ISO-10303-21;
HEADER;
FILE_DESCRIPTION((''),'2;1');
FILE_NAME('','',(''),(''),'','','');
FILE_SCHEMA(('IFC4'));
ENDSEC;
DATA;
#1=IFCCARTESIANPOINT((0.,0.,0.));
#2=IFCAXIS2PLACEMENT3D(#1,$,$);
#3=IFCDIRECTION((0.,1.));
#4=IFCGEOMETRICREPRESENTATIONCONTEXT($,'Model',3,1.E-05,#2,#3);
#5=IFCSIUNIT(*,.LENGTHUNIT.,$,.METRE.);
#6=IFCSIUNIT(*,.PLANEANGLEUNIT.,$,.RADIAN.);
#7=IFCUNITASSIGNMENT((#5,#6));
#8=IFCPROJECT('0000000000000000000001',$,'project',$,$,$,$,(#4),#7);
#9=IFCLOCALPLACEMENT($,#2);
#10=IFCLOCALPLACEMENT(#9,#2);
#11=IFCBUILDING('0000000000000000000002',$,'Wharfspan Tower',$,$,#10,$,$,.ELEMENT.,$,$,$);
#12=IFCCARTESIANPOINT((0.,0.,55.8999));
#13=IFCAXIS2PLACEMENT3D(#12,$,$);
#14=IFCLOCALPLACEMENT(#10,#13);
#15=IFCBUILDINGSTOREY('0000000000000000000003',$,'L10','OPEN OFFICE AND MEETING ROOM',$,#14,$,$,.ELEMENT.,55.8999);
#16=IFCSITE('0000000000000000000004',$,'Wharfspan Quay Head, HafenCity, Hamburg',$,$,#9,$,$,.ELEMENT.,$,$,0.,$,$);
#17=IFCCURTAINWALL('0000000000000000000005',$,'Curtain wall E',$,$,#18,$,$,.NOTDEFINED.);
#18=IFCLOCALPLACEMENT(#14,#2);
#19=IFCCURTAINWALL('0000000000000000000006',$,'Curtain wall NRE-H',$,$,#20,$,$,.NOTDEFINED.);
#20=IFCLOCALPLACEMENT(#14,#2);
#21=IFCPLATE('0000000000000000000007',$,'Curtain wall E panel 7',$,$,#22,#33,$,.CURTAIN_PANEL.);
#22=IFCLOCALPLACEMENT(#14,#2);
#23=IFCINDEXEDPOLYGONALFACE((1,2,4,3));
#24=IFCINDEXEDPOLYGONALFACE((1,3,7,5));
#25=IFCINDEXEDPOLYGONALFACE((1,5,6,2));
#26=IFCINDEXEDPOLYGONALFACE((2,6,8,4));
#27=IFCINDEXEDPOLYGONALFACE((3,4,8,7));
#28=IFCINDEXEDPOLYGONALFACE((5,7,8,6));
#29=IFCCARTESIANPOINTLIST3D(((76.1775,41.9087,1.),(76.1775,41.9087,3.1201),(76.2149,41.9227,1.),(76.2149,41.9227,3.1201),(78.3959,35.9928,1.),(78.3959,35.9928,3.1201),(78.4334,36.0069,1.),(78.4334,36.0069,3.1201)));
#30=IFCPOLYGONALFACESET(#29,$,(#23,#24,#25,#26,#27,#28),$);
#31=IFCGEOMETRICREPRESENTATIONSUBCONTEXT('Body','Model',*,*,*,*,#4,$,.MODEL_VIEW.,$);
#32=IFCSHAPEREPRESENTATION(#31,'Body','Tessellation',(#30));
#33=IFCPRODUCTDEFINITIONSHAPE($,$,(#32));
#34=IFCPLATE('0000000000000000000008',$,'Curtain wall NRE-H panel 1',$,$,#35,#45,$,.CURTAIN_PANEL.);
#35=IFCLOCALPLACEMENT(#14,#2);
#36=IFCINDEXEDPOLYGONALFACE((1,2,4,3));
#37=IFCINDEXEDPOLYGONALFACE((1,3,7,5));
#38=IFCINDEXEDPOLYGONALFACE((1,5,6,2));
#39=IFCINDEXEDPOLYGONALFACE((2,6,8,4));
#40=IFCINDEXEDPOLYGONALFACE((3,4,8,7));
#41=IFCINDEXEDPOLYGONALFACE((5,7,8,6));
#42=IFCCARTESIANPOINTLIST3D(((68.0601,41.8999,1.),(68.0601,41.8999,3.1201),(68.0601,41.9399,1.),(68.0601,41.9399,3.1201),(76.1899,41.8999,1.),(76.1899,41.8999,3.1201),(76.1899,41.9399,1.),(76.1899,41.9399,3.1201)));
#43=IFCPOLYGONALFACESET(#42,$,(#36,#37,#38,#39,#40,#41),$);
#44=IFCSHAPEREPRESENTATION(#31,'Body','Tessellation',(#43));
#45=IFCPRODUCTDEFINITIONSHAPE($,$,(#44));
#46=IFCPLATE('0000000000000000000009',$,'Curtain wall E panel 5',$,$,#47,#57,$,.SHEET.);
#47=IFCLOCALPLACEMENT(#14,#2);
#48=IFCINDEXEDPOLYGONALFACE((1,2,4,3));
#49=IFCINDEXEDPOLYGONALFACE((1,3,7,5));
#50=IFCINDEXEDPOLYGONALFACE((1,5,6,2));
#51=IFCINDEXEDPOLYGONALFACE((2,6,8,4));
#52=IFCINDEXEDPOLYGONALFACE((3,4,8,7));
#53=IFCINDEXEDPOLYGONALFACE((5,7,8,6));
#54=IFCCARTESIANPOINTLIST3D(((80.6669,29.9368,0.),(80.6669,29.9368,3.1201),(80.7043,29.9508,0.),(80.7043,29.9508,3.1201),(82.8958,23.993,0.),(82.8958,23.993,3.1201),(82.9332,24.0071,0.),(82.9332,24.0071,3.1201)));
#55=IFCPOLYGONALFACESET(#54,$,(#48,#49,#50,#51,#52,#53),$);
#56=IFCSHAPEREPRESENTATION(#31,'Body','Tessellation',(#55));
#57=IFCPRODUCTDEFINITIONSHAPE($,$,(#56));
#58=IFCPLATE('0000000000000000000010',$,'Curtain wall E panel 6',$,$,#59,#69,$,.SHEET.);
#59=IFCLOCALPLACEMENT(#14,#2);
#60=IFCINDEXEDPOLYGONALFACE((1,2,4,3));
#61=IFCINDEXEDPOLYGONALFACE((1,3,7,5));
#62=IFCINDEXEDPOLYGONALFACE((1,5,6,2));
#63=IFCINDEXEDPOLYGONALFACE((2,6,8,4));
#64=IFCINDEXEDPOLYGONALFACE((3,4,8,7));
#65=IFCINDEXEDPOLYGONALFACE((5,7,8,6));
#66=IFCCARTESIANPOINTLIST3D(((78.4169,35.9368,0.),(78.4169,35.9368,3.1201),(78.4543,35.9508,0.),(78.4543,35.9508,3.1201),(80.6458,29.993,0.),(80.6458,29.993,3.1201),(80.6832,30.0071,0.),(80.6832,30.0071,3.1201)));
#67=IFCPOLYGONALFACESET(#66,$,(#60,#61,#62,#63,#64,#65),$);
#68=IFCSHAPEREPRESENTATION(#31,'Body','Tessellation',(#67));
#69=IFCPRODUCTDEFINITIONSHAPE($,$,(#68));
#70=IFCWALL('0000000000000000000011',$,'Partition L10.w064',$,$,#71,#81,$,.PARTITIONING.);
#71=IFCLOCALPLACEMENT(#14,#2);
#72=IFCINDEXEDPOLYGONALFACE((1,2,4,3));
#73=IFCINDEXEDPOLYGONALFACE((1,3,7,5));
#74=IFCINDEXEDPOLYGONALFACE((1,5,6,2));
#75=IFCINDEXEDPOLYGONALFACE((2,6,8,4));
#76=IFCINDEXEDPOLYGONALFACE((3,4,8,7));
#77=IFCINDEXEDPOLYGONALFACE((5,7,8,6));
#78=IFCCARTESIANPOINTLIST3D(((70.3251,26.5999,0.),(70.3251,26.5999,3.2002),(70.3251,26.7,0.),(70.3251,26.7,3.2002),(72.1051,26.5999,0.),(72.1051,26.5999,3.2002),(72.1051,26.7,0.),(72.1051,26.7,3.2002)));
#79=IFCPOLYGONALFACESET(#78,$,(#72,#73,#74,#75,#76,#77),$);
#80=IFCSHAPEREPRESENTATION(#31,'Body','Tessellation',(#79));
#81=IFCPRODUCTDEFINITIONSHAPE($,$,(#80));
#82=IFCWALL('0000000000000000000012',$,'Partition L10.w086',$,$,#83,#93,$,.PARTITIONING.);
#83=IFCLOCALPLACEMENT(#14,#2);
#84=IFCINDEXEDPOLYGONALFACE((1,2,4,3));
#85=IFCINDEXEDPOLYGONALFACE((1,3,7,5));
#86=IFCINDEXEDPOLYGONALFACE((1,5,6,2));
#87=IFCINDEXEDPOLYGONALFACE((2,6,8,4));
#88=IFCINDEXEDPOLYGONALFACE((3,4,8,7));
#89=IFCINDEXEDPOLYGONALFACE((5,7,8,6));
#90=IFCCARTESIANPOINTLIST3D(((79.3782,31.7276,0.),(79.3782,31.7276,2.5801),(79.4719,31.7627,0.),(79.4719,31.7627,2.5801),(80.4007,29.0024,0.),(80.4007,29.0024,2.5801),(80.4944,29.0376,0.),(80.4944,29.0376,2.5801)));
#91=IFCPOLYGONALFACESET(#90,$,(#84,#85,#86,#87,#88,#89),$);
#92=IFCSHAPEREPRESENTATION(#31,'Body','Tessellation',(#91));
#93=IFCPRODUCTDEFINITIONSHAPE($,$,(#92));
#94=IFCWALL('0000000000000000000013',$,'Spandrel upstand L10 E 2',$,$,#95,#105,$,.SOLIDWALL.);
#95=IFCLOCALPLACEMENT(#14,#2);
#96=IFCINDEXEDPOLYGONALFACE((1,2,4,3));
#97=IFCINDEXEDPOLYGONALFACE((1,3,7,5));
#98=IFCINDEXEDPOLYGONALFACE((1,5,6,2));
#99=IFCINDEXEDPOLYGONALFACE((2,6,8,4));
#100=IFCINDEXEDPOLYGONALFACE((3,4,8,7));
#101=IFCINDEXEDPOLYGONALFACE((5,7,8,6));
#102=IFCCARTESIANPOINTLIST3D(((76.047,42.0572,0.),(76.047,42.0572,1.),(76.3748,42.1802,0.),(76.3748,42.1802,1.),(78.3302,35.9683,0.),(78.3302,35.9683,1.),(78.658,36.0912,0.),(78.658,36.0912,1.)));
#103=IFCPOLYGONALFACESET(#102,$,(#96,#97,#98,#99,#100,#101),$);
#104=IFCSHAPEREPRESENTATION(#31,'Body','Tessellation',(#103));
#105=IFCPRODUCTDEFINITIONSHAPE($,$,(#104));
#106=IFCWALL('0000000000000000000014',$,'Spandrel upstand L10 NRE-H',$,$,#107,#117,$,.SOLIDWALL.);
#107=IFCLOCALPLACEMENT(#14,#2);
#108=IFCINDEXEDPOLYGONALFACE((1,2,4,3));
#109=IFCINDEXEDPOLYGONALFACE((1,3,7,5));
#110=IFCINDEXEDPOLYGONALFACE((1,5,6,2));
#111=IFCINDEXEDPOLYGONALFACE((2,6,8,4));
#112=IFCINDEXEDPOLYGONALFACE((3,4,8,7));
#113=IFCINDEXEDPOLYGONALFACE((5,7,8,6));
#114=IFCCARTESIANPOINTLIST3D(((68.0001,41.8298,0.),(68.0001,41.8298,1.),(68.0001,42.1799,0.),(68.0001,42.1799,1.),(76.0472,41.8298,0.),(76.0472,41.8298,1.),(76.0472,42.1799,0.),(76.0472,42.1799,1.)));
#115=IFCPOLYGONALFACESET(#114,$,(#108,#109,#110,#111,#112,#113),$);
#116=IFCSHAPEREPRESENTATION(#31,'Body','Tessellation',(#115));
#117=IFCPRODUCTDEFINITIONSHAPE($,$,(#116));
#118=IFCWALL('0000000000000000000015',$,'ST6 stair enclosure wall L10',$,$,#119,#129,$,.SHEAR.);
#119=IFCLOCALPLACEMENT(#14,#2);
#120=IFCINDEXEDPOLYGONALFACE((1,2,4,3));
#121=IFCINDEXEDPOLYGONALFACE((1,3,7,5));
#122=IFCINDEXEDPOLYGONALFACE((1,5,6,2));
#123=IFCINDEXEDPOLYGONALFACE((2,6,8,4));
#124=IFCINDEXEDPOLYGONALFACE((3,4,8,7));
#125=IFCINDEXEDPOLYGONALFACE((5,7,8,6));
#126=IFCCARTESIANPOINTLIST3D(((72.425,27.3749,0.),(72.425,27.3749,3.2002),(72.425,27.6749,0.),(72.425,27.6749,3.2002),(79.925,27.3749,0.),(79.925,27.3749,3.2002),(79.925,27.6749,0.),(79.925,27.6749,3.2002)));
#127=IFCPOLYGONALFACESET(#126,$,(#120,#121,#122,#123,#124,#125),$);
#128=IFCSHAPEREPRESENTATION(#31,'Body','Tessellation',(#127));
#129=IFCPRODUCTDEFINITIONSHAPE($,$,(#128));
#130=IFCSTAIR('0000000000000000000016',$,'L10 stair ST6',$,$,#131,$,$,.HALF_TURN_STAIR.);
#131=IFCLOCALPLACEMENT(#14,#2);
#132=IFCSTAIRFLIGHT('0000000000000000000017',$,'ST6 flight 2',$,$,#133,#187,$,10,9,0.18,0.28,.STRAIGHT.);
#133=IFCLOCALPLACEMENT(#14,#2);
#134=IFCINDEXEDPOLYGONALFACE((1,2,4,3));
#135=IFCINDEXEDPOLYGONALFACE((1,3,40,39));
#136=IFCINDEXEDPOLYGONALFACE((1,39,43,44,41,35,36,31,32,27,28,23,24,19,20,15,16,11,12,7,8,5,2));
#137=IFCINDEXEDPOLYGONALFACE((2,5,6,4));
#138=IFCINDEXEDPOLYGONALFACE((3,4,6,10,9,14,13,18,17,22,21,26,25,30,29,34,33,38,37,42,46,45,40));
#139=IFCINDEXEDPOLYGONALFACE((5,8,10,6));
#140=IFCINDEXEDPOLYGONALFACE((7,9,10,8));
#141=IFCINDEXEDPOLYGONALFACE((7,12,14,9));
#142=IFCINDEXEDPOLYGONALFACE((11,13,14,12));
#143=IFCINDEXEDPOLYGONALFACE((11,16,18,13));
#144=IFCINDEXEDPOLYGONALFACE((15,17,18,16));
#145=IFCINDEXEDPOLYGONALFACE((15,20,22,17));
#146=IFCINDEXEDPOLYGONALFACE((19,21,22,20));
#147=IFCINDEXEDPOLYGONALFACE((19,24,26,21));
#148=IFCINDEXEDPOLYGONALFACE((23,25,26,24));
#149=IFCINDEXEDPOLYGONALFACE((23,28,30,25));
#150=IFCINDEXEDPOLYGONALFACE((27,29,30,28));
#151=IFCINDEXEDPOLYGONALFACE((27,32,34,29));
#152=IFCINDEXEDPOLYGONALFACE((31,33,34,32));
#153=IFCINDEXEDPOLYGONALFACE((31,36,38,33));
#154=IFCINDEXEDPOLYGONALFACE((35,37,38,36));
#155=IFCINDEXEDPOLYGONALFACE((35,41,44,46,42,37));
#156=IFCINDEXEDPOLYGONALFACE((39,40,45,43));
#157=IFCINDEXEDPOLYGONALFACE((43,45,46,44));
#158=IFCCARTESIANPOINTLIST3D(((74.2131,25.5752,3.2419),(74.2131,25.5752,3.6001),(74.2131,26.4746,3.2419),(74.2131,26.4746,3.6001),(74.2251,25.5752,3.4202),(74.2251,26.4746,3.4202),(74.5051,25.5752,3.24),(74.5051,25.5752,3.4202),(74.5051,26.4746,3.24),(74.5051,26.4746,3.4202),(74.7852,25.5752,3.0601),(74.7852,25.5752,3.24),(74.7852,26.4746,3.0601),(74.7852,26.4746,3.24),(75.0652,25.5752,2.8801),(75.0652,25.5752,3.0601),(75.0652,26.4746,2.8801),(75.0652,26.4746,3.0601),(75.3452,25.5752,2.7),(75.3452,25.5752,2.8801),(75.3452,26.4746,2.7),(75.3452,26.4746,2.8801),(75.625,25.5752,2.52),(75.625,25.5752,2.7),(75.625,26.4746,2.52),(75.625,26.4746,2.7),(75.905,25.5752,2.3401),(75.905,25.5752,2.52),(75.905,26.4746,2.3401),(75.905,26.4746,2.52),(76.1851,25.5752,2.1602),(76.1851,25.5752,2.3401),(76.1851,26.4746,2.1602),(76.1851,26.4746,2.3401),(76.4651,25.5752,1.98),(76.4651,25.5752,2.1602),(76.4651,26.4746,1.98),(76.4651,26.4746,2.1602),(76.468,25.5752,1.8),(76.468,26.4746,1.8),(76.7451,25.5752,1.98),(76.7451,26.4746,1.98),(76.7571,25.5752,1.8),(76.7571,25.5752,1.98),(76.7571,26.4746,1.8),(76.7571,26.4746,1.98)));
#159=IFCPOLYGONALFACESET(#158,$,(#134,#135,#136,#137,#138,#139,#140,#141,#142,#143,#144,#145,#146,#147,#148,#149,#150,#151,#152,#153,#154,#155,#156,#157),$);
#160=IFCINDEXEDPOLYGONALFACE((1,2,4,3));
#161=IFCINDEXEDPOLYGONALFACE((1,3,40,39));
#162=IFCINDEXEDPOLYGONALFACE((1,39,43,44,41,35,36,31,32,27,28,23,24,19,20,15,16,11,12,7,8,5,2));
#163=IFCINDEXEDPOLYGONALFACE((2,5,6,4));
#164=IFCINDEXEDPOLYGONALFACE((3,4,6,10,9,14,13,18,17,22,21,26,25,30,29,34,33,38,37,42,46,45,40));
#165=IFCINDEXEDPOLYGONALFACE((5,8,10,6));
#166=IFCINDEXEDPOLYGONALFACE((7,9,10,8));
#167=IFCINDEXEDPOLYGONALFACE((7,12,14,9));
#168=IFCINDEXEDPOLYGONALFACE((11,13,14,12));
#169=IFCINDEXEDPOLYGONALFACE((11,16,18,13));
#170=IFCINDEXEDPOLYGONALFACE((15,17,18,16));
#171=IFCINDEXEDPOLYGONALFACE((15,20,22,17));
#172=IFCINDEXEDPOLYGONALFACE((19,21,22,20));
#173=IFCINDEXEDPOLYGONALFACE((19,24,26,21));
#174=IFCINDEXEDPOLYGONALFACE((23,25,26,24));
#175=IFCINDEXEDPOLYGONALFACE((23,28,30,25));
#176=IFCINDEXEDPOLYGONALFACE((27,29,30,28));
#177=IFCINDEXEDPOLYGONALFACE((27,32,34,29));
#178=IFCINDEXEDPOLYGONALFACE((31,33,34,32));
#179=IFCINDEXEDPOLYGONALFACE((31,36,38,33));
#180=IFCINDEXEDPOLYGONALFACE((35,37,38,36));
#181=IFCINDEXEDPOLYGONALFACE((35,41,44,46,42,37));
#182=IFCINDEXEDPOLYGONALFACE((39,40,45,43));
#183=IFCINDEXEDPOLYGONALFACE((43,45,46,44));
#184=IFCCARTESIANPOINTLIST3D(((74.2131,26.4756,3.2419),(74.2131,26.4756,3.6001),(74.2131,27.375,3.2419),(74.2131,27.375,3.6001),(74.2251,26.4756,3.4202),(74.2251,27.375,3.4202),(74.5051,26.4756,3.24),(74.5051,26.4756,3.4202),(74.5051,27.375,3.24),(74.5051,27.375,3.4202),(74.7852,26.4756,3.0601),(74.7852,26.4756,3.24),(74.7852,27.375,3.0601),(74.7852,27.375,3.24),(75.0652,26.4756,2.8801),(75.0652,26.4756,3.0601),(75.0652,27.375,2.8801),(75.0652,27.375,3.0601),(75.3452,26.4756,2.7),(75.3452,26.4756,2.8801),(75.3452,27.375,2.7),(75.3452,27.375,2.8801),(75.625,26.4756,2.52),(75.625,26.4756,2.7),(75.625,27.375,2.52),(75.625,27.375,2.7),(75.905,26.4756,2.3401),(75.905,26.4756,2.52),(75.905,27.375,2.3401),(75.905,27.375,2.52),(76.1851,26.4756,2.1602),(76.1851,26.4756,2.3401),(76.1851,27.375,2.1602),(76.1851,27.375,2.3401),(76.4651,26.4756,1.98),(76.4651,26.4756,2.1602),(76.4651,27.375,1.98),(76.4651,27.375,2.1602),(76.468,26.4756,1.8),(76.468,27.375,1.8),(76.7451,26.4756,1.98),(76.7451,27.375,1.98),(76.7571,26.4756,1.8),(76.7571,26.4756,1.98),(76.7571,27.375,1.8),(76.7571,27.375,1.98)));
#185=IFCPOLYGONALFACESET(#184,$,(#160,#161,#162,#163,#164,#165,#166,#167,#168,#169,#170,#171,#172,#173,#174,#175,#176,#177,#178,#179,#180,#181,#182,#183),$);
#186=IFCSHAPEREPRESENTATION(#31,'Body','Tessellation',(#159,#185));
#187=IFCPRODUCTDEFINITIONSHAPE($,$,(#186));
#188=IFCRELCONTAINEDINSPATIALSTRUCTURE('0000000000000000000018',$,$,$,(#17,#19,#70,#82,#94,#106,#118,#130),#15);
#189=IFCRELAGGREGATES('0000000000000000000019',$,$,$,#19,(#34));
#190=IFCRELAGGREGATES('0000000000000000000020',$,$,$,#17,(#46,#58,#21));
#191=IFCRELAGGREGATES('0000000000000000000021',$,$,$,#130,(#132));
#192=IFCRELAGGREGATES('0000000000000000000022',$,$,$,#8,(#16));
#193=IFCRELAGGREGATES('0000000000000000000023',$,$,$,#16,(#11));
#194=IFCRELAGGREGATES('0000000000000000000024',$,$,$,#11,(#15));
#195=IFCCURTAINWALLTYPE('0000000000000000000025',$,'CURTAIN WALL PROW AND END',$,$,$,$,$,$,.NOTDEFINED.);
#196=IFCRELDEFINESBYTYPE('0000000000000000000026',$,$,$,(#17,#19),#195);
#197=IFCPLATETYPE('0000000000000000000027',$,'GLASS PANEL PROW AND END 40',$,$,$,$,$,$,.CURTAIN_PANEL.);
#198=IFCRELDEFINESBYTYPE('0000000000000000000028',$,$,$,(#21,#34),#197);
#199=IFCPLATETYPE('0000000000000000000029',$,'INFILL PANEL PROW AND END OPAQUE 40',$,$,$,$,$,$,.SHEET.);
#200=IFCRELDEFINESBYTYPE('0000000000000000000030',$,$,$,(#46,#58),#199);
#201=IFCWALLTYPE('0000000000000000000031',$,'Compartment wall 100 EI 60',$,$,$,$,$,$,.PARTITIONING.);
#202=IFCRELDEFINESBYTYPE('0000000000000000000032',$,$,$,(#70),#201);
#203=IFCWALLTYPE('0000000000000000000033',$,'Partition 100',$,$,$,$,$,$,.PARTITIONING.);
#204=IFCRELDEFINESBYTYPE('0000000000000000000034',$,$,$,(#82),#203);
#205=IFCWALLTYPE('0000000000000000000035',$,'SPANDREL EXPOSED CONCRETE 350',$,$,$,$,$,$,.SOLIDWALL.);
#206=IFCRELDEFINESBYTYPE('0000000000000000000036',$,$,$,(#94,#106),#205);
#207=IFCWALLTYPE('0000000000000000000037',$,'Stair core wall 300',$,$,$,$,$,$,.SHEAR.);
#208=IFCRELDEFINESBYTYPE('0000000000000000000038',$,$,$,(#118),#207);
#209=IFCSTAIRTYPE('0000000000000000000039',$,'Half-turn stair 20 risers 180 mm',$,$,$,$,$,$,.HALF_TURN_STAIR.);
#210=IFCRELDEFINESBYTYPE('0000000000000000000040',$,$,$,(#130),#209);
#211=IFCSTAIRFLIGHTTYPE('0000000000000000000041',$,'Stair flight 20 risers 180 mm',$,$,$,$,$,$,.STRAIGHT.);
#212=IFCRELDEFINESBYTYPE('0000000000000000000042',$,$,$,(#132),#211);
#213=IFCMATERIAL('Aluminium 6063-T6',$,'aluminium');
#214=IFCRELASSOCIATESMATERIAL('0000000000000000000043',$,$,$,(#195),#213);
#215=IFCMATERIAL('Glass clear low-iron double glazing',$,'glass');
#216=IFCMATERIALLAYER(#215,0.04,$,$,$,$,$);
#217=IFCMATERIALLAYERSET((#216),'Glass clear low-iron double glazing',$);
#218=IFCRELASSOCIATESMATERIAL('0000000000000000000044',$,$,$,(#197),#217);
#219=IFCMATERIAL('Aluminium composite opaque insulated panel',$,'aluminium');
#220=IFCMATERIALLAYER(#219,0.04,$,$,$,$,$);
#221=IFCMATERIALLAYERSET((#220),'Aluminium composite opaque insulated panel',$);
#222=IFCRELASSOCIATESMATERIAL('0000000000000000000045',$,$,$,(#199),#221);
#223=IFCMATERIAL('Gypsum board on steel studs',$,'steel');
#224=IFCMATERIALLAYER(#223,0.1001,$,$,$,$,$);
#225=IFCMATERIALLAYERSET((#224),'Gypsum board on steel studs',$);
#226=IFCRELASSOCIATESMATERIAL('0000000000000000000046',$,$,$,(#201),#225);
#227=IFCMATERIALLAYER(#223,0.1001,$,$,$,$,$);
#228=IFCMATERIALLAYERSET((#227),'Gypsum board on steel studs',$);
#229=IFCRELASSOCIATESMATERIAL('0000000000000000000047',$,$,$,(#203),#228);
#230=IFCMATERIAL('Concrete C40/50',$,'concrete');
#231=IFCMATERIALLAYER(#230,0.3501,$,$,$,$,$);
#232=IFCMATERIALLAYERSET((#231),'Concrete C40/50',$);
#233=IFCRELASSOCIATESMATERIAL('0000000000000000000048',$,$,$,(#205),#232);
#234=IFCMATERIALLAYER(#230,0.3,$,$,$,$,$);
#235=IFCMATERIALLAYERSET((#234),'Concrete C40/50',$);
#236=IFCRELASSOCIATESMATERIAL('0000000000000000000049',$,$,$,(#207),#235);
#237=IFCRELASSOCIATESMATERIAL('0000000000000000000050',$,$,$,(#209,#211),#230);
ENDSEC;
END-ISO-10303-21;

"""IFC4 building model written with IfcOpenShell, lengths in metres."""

from ifc_helpers import new_model, si_unit, direction, frame, frame_2d, origin, origin_2d, place, context, subcontext, project, spatial, polyline, rectangle, outline, extrude, material, layer, layer_set, type_object, element, aggregate, save


model = new_model("IFC4")

# Units and contexts
model_context = context("Model", 3, precision=1e-05, world=origin(), true_north=direction((0.0, 1.0)))
body_context = subcontext(model_context, "Body", "Model", "MODEL_VIEW")
ifc_project = project(units=[si_unit("LENGTHUNIT", "METRE"), si_unit("PLANEANGLEUNIT", "RADIAN")], contexts=[model_context])

# Site, building, storey
site_placement = place(None, origin())
site = spatial("IfcSite", under=ifc_project, at=site_placement, Name="Wharfspan Quay Head, HafenCity, Hamburg", CompositionType="ELEMENT", RefElevation=0.0)
building_placement = place(site_placement, origin())
building = spatial("IfcBuilding", under=site, at=building_placement, Name="Wharfspan Tower", CompositionType="ELEMENT")
storey_placement = place(building_placement, frame((0.0, 0.0, 55.8999)))
storey = spatial("IfcBuildingStorey", under=building, at=storey_placement, Name="L10", Description="OPEN OFFICE AND MEETING ROOM", CompositionType="ELEMENT", Elevation=55.8999)

# Curtain wall
ifc_material_1 = material(Name="Aluminium 6063-T6", Category="aluminium")
curtain_wall_type = type_object("IfcCurtainWallType", Name="CURTAIN WALL PROW AND END", PredefinedType="NOTDEFINED", material=ifc_material_1)
curtain_wall_1_placement = place(storey_placement, origin())
curtain_wall_1 = element("IfcCurtainWall", 1, at=curtain_wall_1_placement, inside=storey, type_object=curtain_wall_type, Name="Curtain wall E", PredefinedType="NOTDEFINED")

# Curtain wall
curtain_wall_2_placement = place(storey_placement, origin())
curtain_wall_2 = element("IfcCurtainWall", 2, at=curtain_wall_2_placement, inside=storey, type_object=curtain_wall_type, Name="Curtain wall NRE-H", PredefinedType="NOTDEFINED")

# Plates
ifc_material_2 = material(Name="Glass clear low-iron double glazing", Category="glass")
ifc_layer_1 = layer(ifc_material_2, 0.04)
ifc_layer_set_1 = layer_set([ifc_layer_1], Name="Glass clear low-iron double glazing")
plate_type_1 = type_object("IfcPlateType", Name="GLASS PANEL PROW AND END 40", PredefinedType="CURTAIN_PANEL", material=ifc_layer_set_1)
plate_1_placement = place(storey_placement, frame((77.3054, 38.9578, 1.0), z_axis=(0.0, 0.0, 1.0), x_axis=(-0.351123, 0.936328, 0.0)))
plate_1 = element("IfcPlate", 3, at=plate_1_placement, type_object=plate_type_1, Name="Curtain wall E panel 7", PredefinedType="CURTAIN_PANEL", context=body_context, shape_type="SweptSolid", body=[
    extrude(rectangle(XDim=6.3181, YDim=0.04, at=origin_2d()), origin(), (0.0, 0.0, 1.0), 2.1201),
])
plate_2_placement = place(storey_placement, frame((72.125, 41.9199, 1.0), z_axis=(0.0, 0.0, 1.0), x_axis=(-1.0, 0.0, 0.0)))
plate_2 = element("IfcPlate", 4, at=plate_2_placement, type_object=plate_type_1, Name="Curtain wall NRE-H panel 1", PredefinedType="CURTAIN_PANEL", context=body_context, shape_type="SweptSolid", body=[
    extrude(rectangle(XDim=8.1299, YDim=0.04, at=origin_2d()), origin(), (0.0, 0.0, 1.0), 2.1201),
])
aggregate(curtain_wall_2, [plate_2])
ifc_material_3 = material(Name="Aluminium composite opaque insulated panel", Category="aluminium")
ifc_layer_2 = layer(ifc_material_3, 0.04)
ifc_layer_set_2 = layer_set([ifc_layer_2], Name="Aluminium composite opaque insulated panel")
plate_type_2 = type_object("IfcPlateType", Name="INFILL PANEL PROW AND END OPAQUE 40", PredefinedType="SHEET", material=ifc_layer_set_2)
plate_3_placement = place(storey_placement, frame((81.8, 26.9719, 0.0), z_axis=(0.0, 0.0, 1.0), x_axis=(-0.351123, 0.936328, 0.0)))
plate_3 = element("IfcPlate", 5, at=plate_3_placement, type_object=plate_type_2, Name="Curtain wall E panel 5", PredefinedType="SHEET", context=body_context, shape_type="SweptSolid", body=[
    extrude(rectangle(XDim=6.3479, YDim=0.04, at=origin_2d()), origin(), (0.0, 0.0, 1.0), 3.1201),
])
plate_4_placement = place(storey_placement, frame((79.55, 32.9719, 0.0), z_axis=(0.0, 0.0, 1.0), x_axis=(-0.351123, 0.936328, 0.0)))
plate_4 = element("IfcPlate", 6, at=plate_4_placement, type_object=plate_type_2, Name="Curtain wall E panel 6", PredefinedType="SHEET", context=body_context, shape_type="SweptSolid", body=[
    extrude(rectangle(XDim=6.3479, YDim=0.04, at=origin_2d()), origin(), (0.0, 0.0, 1.0), 3.1201),
])
aggregate(curtain_wall_1, [plate_3, plate_4, plate_1])

# Walls
ifc_material_4 = material(Name="Gypsum board on steel studs", Category="steel")
ifc_layer_3 = layer(ifc_material_4, 0.1001)
ifc_layer_set_3 = layer_set([ifc_layer_3], Name="Gypsum board on steel studs")
wall_type_1 = type_object("IfcWallType", Name="Compartment wall 100 EI 60", PredefinedType="PARTITIONING", material=ifc_layer_set_3)
wall_1_placement = place(storey_placement, frame((70.325, 26.6499, 0.0), z_axis=(0.0, 0.0, 1.0), x_axis=(1.0, 0.0, 0.0)))
element("IfcWall", 7, at=wall_1_placement, inside=storey, type_object=wall_type_1, Name="Partition L10.w064", PredefinedType="PARTITIONING", context=body_context, shape_type="SweptSolid", body=[
    extrude(rectangle(XDim=1.78, YDim=0.1001, at=frame_2d((0.8901, 0.0))), origin(), (0.0, 0.0, 1.0), 3.2002),
])
ifc_layer_4 = layer(ifc_material_4, 0.1001)
ifc_layer_set_4 = layer_set([ifc_layer_4], Name="Gypsum board on steel studs")
wall_type_2 = type_object("IfcWallType", Name="Partition 100", PredefinedType="PARTITIONING", material=ifc_layer_set_4)
wall_2_placement = place(storey_placement, frame((80.4475, 29.02, 0.0), z_axis=(0.0, 0.0, 1.0), x_axis=(-0.35129, 0.93627, 0.0)))
element("IfcWall", 8, at=wall_2_placement, inside=storey, type_object=wall_type_2, Name="Partition L10.w086", PredefinedType="PARTITIONING", context=body_context, shape_type="SweptSolid", body=[
    extrude(rectangle(XDim=2.9106, YDim=0.1001, at=frame_2d((1.4553, 0.0))), origin(), (0.0, 0.0, 1.0), 2.5801),
])
ifc_material_5 = material(Name="Concrete C40/50", Category="concrete")
ifc_layer_5 = layer(ifc_material_5, 0.3501)
ifc_layer_set_5 = layer_set([ifc_layer_5], Name="Concrete C40/50")
wall_type_3 = type_object("IfcWallType", Name="SPANDREL EXPOSED CONCRETE 350", PredefinedType="SOLIDWALL", material=ifc_layer_set_5)
wall_3_placement = place(storey_placement, frame((78.4941, 36.0298, 0.0), z_axis=(0.0, 0.0, 1.0), x_axis=(-0.351108, 0.936338, 0.0)))
element("IfcWall", 9, at=wall_3_placement, inside=storey, type_object=wall_type_3, Name="Spandrel upstand L10 E 2", PredefinedType="SOLIDWALL", context=body_context, shape_type="SweptSolid", body=[
    extrude(rectangle(XDim=6.5029, YDim=0.3501, at=frame_2d((3.2515, 0.0))), origin(), (0.0, 0.0, 1.0), 1.0),
])
wall_4_placement = place(storey_placement, frame((76.0471, 42.0049, 0.0), z_axis=(0.0, 0.0, 1.0), x_axis=(-1.0, 0.0, 0.0)))
element("IfcWall", 10, at=wall_4_placement, inside=storey, type_object=wall_type_3, Name="Spandrel upstand L10 NRE-H", PredefinedType="SOLIDWALL", context=body_context, shape_type="SweptSolid", body=[
    extrude(rectangle(XDim=8.0471, YDim=0.3501, at=frame_2d((4.0234, 0.0))), origin(), (0.0, 0.0, 1.0), 1.0),
])
ifc_layer_6 = layer(ifc_material_5, 0.3)
ifc_layer_set_6 = layer_set([ifc_layer_6], Name="Concrete C40/50")
wall_type_4 = type_object("IfcWallType", Name="Stair core wall 300", PredefinedType="SHEAR", material=ifc_layer_set_6)
wall_5_placement = place(storey_placement, frame((72.425, 27.5249, 0.0), z_axis=(0.0, 0.0, 1.0), x_axis=(1.0, 0.0, 0.0)))
element("IfcWall", 11, at=wall_5_placement, inside=storey, type_object=wall_type_4, Name="ST6 stair enclosure wall L10", PredefinedType="SHEAR", context=body_context, shape_type="SweptSolid", body=[
    extrude(rectangle(XDim=7.5, YDim=0.3, at=frame_2d((3.75, 0.0))), origin(), (0.0, 0.0, 1.0), 3.2002),
])

# Stair, stair flight
stair_type = type_object("IfcStairType", Name="Half-turn stair 20 risers 180 mm", PredefinedType="HALF_TURN_STAIR", material=ifc_material_5)
stair_placement = place(storey_placement, origin())
stair = element("IfcStair", 12, at=stair_placement, inside=storey, type_object=stair_type, Name="L10 stair ST6", PredefinedType="HALF_TURN_STAIR")
stair_flight_type = type_object("IfcStairFlightType", Name="Stair flight 20 risers 180 mm", PredefinedType="STRAIGHT", material=ifc_material_5)
stair_flight_placement = place(storey_placement, frame((76.7451, 26.4751, 1.8), z_axis=(0.0, 0.0, 1.0), x_axis=(-1.0, 0.0, 0.0)))
stair_flight = element("IfcStairFlight", 13, at=stair_flight_placement, type_object=stair_flight_type, Name="ST6 flight 2", NumberOfRisers=10, NumberOfTreads=9, PredefinedType="STRAIGHT", RiserHeight=0.18, TreadLength=0.28, context=body_context, shape_type="SweptSolid", body=[
    extrude(outline(polyline([(-0.012, 0.0), (-0.012, 0.1799), (0.0, 0.1799), (0.28, 0.1799), (0.28, 0.3601), (0.5601, 0.3601), (0.5601, 0.54), (0.8401, 0.54), (0.8401, 0.72), (1.1201, 0.72), (1.1201, 0.8999), (1.3999, 0.8999), (1.3999, 1.0801), (1.6799, 1.0801), (1.6799, 1.26), (1.96, 1.26), (1.96, 1.4399), (2.24, 1.4399), (2.24, 1.6201), (2.52, 1.6201), (2.532, 1.8), (2.532, 1.4419), (0.2771, 0.0), (-0.012, 0.0)])), frame((0.0, 0.8999, 0.0), z_axis=(0.0, -1.0, 0.0), x_axis=(1.0, 0.0, 0.0)), (0.0, 0.0, 1.0), 0.8994),
    extrude(outline(polyline([(-0.012, 0.0), (-0.012, 0.1799), (0.0, 0.1799), (0.28, 0.1799), (0.28, 0.3601), (0.5601, 0.3601), (0.5601, 0.54), (0.8401, 0.54), (0.8401, 0.72), (1.1201, 0.72), (1.1201, 0.8999), (1.3999, 0.8999), (1.3999, 1.0801), (1.6799, 1.0801), (1.6799, 1.26), (1.96, 1.26), (1.96, 1.4399), (2.24, 1.4399), (2.24, 1.6201), (2.52, 1.6201), (2.532, 1.8), (2.532, 1.4419), (0.2771, 0.0), (-0.012, 0.0)])), frame((0.0, -0.0005, 0.0), z_axis=(0.0, -1.0, 0.0), x_axis=(1.0, 0.0, 0.0)), (0.0, 0.0, 1.0), 0.8994),
])
aggregate(stair, [stair_flight])

save(model, "model.ifc")
